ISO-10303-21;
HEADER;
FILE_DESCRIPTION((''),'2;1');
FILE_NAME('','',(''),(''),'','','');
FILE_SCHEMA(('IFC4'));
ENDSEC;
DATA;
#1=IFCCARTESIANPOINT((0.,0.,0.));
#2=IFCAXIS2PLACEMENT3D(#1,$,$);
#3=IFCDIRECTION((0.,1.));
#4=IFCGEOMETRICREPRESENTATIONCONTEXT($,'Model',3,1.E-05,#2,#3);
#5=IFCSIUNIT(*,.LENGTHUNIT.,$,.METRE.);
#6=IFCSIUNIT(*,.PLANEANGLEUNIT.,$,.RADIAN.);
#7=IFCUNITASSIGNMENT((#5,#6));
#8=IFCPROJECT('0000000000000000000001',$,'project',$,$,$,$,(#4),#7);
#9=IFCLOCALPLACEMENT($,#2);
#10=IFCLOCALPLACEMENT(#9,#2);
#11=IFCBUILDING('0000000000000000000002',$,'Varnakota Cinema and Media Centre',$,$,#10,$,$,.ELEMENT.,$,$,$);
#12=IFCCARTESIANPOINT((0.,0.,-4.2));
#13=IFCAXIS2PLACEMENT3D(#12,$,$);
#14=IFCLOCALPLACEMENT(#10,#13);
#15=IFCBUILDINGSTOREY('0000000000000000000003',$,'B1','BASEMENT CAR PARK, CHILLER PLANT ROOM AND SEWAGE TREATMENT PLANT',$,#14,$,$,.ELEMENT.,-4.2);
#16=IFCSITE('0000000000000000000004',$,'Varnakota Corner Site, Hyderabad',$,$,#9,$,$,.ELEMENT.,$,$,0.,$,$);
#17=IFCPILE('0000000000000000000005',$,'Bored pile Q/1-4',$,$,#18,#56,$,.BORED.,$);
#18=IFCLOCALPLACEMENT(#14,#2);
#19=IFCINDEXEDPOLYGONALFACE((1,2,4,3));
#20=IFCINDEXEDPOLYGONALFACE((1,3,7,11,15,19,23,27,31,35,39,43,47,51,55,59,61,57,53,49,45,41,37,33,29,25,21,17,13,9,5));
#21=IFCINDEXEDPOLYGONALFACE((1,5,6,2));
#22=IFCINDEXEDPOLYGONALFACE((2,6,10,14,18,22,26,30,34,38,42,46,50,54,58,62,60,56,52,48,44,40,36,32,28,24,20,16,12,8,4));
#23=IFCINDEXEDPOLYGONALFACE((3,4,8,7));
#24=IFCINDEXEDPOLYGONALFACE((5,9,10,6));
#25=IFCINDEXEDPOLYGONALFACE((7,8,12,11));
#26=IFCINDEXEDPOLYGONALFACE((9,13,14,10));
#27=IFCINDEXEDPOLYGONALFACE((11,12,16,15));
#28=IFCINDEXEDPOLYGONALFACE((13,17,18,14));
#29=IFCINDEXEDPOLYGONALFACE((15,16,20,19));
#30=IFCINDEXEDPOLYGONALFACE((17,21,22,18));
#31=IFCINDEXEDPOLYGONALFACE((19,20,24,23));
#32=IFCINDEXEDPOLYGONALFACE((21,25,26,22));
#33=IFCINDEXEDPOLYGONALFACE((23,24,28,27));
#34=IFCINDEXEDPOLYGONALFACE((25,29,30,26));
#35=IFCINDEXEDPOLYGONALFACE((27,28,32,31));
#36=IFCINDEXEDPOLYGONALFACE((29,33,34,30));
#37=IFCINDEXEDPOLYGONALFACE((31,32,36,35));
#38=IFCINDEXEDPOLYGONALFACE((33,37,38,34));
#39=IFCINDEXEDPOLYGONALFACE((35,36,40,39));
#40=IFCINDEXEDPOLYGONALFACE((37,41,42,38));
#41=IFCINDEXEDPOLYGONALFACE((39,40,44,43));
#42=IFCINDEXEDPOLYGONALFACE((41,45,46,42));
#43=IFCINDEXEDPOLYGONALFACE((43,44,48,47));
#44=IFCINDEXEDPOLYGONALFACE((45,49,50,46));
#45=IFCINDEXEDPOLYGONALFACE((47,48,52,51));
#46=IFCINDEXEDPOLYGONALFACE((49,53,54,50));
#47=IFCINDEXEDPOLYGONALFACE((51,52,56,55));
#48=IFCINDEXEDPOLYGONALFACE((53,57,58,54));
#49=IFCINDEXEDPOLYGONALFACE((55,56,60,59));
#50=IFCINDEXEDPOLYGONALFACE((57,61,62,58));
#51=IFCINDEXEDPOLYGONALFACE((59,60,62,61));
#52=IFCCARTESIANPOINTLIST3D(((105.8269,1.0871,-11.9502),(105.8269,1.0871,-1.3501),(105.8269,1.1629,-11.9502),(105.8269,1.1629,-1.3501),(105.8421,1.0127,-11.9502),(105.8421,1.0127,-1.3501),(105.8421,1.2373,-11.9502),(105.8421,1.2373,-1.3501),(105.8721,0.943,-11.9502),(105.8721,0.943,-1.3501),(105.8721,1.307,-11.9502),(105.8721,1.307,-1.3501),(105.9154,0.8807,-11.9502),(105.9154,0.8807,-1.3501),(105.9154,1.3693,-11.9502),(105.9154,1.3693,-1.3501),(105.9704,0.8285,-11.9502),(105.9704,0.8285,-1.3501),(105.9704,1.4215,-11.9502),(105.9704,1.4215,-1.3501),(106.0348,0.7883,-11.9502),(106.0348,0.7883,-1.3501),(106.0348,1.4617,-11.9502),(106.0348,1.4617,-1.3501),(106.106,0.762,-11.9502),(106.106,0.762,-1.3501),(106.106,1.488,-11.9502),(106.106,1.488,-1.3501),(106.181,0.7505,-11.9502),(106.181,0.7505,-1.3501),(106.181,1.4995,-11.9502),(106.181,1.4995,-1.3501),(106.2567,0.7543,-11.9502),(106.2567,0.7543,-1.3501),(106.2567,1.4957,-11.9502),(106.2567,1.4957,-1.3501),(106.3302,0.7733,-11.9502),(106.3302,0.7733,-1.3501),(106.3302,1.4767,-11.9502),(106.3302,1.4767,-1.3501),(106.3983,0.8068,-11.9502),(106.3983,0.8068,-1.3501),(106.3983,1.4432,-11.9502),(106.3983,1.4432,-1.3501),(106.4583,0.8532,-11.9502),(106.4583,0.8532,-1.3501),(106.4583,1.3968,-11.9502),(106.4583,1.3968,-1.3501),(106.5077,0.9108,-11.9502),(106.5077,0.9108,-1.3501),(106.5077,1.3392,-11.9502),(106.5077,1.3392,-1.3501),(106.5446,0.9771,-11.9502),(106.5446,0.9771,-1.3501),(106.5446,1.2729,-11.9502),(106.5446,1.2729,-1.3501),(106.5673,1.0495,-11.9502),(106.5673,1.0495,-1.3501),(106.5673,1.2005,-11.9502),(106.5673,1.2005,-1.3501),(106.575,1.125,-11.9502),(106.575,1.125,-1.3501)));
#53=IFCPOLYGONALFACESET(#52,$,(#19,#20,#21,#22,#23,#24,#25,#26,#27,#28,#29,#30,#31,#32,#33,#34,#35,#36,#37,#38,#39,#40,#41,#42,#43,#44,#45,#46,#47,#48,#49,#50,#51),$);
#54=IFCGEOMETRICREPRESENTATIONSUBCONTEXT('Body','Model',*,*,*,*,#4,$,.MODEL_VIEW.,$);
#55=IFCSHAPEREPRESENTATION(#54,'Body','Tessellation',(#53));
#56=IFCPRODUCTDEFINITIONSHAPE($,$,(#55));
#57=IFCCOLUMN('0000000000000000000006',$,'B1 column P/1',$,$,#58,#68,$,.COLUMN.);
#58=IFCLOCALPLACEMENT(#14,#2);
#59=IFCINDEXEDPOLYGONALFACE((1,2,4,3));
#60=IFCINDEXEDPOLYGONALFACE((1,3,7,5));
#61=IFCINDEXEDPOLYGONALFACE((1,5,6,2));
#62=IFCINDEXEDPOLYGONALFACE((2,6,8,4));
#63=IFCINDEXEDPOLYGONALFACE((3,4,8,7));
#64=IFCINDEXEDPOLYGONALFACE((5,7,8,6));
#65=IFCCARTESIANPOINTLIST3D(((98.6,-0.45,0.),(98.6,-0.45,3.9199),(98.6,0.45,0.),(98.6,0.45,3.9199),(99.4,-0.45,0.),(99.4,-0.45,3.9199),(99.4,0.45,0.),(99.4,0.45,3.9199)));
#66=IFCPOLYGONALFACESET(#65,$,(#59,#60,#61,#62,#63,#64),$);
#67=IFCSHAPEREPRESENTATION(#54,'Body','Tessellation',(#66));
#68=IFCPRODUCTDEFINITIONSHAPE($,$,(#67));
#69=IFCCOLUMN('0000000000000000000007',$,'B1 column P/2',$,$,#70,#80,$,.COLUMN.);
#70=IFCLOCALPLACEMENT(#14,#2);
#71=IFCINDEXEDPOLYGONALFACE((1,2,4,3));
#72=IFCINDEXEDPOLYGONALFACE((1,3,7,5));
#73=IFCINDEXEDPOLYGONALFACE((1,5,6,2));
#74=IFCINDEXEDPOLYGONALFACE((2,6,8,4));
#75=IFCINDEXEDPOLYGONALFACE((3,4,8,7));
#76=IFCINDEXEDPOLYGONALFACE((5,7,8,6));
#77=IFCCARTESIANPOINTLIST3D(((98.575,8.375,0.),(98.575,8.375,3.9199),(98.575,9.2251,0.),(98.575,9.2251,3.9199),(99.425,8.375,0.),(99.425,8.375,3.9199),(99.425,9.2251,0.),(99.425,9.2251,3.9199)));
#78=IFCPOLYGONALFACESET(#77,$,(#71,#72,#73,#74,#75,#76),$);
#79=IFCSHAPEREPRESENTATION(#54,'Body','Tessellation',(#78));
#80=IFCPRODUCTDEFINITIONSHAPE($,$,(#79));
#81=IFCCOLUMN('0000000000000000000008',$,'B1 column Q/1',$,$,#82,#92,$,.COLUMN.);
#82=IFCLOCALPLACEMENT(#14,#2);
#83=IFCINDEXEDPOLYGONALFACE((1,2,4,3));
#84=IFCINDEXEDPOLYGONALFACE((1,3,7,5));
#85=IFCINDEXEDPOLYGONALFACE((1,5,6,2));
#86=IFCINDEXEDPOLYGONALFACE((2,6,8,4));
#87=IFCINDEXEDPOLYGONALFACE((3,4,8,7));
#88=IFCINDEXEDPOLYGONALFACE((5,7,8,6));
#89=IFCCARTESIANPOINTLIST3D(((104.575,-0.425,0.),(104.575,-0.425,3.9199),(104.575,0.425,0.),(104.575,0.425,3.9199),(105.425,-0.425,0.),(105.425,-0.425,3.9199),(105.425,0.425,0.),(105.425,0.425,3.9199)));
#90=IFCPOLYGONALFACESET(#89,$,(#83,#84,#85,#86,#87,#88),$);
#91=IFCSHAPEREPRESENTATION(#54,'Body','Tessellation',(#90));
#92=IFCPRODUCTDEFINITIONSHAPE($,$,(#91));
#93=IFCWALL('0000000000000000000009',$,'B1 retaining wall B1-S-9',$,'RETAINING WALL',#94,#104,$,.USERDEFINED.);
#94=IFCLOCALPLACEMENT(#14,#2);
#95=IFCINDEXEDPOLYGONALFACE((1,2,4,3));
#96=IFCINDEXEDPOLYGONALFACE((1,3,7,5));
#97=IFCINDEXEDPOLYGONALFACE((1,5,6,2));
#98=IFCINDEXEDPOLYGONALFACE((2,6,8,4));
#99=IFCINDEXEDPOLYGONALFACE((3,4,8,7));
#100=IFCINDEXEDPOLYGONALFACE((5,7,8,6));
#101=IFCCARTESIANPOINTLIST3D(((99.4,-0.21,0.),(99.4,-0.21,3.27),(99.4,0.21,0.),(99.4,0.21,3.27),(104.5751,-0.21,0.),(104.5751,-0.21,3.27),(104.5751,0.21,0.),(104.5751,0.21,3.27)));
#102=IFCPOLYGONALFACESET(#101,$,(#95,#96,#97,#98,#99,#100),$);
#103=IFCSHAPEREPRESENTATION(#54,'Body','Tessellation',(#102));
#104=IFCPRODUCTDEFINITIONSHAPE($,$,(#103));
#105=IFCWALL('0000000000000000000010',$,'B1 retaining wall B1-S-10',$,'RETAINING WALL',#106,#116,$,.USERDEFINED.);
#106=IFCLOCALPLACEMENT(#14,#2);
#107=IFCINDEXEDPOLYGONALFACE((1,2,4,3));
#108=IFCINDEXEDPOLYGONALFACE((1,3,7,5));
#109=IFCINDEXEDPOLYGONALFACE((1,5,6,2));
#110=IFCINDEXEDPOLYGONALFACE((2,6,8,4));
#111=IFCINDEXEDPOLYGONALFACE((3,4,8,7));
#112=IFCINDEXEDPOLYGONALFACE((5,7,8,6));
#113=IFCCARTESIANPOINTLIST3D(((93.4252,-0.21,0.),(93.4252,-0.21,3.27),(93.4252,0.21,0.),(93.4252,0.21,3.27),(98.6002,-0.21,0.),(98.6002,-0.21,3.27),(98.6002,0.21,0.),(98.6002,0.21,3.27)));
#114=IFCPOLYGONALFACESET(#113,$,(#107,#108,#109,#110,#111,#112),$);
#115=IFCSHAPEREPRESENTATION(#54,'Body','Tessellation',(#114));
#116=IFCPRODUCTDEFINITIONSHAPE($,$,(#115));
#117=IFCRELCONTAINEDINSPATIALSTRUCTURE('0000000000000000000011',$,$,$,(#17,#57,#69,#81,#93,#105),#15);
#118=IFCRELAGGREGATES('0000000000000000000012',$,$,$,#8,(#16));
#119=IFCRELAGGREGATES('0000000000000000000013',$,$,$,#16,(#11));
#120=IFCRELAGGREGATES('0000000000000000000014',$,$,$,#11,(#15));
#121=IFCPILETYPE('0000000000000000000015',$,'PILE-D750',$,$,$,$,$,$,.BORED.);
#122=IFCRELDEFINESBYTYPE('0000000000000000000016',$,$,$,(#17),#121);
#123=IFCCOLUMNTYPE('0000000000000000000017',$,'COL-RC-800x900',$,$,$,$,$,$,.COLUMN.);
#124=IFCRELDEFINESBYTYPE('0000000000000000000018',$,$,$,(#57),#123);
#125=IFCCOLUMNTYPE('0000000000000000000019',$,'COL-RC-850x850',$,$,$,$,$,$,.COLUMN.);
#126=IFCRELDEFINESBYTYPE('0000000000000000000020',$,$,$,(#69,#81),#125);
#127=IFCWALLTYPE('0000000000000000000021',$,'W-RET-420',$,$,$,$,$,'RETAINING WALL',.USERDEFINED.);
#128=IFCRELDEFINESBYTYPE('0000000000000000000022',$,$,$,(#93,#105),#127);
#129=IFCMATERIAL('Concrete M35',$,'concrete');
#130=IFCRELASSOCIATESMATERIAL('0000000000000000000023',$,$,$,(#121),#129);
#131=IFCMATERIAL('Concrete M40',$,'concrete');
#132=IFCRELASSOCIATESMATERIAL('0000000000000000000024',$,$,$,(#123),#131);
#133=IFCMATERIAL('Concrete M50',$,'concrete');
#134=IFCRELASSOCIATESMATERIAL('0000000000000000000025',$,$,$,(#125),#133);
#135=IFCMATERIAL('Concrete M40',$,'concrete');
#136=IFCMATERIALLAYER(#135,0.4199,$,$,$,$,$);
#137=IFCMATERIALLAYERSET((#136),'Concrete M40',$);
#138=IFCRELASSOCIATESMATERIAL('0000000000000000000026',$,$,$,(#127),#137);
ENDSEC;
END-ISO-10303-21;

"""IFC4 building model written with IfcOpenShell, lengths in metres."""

from ifc_helpers import new_model, si_unit, direction, frame, frame_2d, origin, origin_2d, place, context, subcontext, project, spatial, rectangle, circle, extrude, material, layer, layer_set, material_profile, profile_set, type_object, element, save


model = new_model("IFC4")

# Units and contexts
model_context = context("Model", 3, precision=1e-05, world=origin(), true_north=direction((0.0, 1.0)))
body_context = subcontext(model_context, "Body", "Model", "MODEL_VIEW")
ifc_project = project(units=[si_unit("LENGTHUNIT", "METRE"), si_unit("PLANEANGLEUNIT", "RADIAN")], contexts=[model_context])

# Site, building, storey
site_placement = place(None, origin())
site = spatial("IfcSite", under=ifc_project, at=site_placement, Name="Varnakota Corner Site, Hyderabad", CompositionType="ELEMENT", RefElevation=0.0)
building_placement = place(site_placement, origin())
building = spatial("IfcBuilding", under=site, at=building_placement, Name="Varnakota Cinema and Media Centre", CompositionType="ELEMENT")
storey_placement = place(building_placement, frame((0.0, 0.0, -4.2)))
storey = spatial("IfcBuildingStorey", under=building, at=storey_placement, Name="B1", Description="BASEMENT CAR PARK, CHILLER PLANT ROOM AND SEWAGE TREATMENT PLANT", CompositionType="ELEMENT", Elevation=-4.2)

# Pile
ifc_material_1 = material(Name="Concrete M35", Category="concrete")
ifc_material_profile_1 = material_profile(ifc_material_1, circle(Radius=0.375, at=origin_2d()), Name="PILE D750")
ifc_profile_set_1 = profile_set([ifc_material_profile_1], Name="Concrete M35")
pile_type_1 = type_object("IfcPileType", Name="PILE-D750", PredefinedType="BORED", material=ifc_profile_set_1)
for number, where, z_axis, x_axis, name in (
    (1, (106.2, 1.125, -1.3501), (0.0, 0.0, -1.0), (1.0, 0.0, 0.0), "Bored pile Q/1-4"),
):
    element("IfcPile", number, at=place(storey_placement, frame(where, z_axis=z_axis, x_axis=x_axis)), inside=storey, type_object=pile_type_1, Name=name, PredefinedType="BORED", context=body_context, shape_type="SweptSolid", body=[
        extrude(circle(Radius=0.375, at=origin_2d()), origin(), (0.0, 0.0, 1.0), 10.6001),
    ])

# Columns
ifc_material_2 = material(Name="Concrete M40", Category="concrete")
ifc_material_profile_2 = material_profile(ifc_material_2, rectangle(XDim=0.8, YDim=0.8999, at=origin_2d()), Name="RC 800x900")
ifc_profile_set_2 = profile_set([ifc_material_profile_2], Name="Concrete M40")
column_type_1 = type_object("IfcColumnType", Name="COL-RC-800x900", PredefinedType="COLUMN", material=ifc_profile_set_2)
column_placement = place(storey_placement, frame((99.0, 0.0, 0.0), z_axis=(0.0, 0.0, 1.0), x_axis=(1.0, 0.0, 0.0)))
element("IfcColumn", 2, at=column_placement, inside=storey, type_object=column_type_1, Name="B1 column P/1", PredefinedType="COLUMN", context=body_context, shape_type="SweptSolid", body=[
    extrude(rectangle(XDim=0.8, YDim=0.8999, at=origin_2d()), origin(), (0.0, 0.0, 1.0), 3.9199),
])
ifc_material_3 = material(Name="Concrete M50", Category="concrete")
ifc_material_profile_3 = material_profile(ifc_material_3, rectangle(XDim=0.8501, YDim=0.8501, at=origin_2d()), Name="RC 850x850")
ifc_profile_set_3 = profile_set([ifc_material_profile_3], Name="Concrete M50")
column_type_2 = type_object("IfcColumnType", Name="COL-RC-850x850", PredefinedType="COLUMN", material=ifc_profile_set_3)
for number, where, z_axis, x_axis, name in (
    (3, (99.0, 8.8, 0.0), (0.0, 0.0, 1.0), (1.0, 0.0, 0.0), "B1 column P/2"),
    (4, (105.0, 0.0, 0.0), (0.0, 0.0, 1.0), (1.0, 0.0, 0.0), "B1 column Q/1"),
):
    element("IfcColumn", number, at=place(storey_placement, frame(where, z_axis=z_axis, x_axis=x_axis)), inside=storey, type_object=column_type_2, Name=name, PredefinedType="COLUMN", context=body_context, shape_type="SweptSolid", body=[
        extrude(rectangle(XDim=0.8501, YDim=0.8501, at=origin_2d()), origin(), (0.0, 0.0, 1.0), 3.9199),
    ])

# Walls
ifc_material_4 = material(Name="Concrete M40", Category="concrete")
ifc_layer = layer(ifc_material_4, 0.4199)
ifc_layer_set = layer_set([ifc_layer], Name="Concrete M40")
wall_type = type_object("IfcWallType", Name="W-RET-420", ElementType="RETAINING WALL", PredefinedType="USERDEFINED", material=ifc_layer_set)
for number, where, z_axis, x_axis, name in (
    (5, (104.575, 0.0, 0.0), (0.0, 0.0, 1.0), (-1.0, 0.0, 0.0), "B1 retaining wall B1-S-9"),
    (6, (98.6001, 0.0, 0.0), (0.0, 0.0, 1.0), (-1.0, 0.0, 0.0), "B1 retaining wall B1-S-10"),
):
    element("IfcWall", number, at=place(storey_placement, frame(where, z_axis=z_axis, x_axis=x_axis)), inside=storey, type_object=wall_type, Name=name, ObjectType="RETAINING WALL", PredefinedType="USERDEFINED", context=body_context, shape_type="SweptSolid", body=[
        extrude(rectangle(XDim=5.175, YDim=0.4199, at=frame_2d((2.5874, 0.0))), origin(), (0.0, 0.0, 1.0), 3.27),
    ])

save(model, "model.ifc")
